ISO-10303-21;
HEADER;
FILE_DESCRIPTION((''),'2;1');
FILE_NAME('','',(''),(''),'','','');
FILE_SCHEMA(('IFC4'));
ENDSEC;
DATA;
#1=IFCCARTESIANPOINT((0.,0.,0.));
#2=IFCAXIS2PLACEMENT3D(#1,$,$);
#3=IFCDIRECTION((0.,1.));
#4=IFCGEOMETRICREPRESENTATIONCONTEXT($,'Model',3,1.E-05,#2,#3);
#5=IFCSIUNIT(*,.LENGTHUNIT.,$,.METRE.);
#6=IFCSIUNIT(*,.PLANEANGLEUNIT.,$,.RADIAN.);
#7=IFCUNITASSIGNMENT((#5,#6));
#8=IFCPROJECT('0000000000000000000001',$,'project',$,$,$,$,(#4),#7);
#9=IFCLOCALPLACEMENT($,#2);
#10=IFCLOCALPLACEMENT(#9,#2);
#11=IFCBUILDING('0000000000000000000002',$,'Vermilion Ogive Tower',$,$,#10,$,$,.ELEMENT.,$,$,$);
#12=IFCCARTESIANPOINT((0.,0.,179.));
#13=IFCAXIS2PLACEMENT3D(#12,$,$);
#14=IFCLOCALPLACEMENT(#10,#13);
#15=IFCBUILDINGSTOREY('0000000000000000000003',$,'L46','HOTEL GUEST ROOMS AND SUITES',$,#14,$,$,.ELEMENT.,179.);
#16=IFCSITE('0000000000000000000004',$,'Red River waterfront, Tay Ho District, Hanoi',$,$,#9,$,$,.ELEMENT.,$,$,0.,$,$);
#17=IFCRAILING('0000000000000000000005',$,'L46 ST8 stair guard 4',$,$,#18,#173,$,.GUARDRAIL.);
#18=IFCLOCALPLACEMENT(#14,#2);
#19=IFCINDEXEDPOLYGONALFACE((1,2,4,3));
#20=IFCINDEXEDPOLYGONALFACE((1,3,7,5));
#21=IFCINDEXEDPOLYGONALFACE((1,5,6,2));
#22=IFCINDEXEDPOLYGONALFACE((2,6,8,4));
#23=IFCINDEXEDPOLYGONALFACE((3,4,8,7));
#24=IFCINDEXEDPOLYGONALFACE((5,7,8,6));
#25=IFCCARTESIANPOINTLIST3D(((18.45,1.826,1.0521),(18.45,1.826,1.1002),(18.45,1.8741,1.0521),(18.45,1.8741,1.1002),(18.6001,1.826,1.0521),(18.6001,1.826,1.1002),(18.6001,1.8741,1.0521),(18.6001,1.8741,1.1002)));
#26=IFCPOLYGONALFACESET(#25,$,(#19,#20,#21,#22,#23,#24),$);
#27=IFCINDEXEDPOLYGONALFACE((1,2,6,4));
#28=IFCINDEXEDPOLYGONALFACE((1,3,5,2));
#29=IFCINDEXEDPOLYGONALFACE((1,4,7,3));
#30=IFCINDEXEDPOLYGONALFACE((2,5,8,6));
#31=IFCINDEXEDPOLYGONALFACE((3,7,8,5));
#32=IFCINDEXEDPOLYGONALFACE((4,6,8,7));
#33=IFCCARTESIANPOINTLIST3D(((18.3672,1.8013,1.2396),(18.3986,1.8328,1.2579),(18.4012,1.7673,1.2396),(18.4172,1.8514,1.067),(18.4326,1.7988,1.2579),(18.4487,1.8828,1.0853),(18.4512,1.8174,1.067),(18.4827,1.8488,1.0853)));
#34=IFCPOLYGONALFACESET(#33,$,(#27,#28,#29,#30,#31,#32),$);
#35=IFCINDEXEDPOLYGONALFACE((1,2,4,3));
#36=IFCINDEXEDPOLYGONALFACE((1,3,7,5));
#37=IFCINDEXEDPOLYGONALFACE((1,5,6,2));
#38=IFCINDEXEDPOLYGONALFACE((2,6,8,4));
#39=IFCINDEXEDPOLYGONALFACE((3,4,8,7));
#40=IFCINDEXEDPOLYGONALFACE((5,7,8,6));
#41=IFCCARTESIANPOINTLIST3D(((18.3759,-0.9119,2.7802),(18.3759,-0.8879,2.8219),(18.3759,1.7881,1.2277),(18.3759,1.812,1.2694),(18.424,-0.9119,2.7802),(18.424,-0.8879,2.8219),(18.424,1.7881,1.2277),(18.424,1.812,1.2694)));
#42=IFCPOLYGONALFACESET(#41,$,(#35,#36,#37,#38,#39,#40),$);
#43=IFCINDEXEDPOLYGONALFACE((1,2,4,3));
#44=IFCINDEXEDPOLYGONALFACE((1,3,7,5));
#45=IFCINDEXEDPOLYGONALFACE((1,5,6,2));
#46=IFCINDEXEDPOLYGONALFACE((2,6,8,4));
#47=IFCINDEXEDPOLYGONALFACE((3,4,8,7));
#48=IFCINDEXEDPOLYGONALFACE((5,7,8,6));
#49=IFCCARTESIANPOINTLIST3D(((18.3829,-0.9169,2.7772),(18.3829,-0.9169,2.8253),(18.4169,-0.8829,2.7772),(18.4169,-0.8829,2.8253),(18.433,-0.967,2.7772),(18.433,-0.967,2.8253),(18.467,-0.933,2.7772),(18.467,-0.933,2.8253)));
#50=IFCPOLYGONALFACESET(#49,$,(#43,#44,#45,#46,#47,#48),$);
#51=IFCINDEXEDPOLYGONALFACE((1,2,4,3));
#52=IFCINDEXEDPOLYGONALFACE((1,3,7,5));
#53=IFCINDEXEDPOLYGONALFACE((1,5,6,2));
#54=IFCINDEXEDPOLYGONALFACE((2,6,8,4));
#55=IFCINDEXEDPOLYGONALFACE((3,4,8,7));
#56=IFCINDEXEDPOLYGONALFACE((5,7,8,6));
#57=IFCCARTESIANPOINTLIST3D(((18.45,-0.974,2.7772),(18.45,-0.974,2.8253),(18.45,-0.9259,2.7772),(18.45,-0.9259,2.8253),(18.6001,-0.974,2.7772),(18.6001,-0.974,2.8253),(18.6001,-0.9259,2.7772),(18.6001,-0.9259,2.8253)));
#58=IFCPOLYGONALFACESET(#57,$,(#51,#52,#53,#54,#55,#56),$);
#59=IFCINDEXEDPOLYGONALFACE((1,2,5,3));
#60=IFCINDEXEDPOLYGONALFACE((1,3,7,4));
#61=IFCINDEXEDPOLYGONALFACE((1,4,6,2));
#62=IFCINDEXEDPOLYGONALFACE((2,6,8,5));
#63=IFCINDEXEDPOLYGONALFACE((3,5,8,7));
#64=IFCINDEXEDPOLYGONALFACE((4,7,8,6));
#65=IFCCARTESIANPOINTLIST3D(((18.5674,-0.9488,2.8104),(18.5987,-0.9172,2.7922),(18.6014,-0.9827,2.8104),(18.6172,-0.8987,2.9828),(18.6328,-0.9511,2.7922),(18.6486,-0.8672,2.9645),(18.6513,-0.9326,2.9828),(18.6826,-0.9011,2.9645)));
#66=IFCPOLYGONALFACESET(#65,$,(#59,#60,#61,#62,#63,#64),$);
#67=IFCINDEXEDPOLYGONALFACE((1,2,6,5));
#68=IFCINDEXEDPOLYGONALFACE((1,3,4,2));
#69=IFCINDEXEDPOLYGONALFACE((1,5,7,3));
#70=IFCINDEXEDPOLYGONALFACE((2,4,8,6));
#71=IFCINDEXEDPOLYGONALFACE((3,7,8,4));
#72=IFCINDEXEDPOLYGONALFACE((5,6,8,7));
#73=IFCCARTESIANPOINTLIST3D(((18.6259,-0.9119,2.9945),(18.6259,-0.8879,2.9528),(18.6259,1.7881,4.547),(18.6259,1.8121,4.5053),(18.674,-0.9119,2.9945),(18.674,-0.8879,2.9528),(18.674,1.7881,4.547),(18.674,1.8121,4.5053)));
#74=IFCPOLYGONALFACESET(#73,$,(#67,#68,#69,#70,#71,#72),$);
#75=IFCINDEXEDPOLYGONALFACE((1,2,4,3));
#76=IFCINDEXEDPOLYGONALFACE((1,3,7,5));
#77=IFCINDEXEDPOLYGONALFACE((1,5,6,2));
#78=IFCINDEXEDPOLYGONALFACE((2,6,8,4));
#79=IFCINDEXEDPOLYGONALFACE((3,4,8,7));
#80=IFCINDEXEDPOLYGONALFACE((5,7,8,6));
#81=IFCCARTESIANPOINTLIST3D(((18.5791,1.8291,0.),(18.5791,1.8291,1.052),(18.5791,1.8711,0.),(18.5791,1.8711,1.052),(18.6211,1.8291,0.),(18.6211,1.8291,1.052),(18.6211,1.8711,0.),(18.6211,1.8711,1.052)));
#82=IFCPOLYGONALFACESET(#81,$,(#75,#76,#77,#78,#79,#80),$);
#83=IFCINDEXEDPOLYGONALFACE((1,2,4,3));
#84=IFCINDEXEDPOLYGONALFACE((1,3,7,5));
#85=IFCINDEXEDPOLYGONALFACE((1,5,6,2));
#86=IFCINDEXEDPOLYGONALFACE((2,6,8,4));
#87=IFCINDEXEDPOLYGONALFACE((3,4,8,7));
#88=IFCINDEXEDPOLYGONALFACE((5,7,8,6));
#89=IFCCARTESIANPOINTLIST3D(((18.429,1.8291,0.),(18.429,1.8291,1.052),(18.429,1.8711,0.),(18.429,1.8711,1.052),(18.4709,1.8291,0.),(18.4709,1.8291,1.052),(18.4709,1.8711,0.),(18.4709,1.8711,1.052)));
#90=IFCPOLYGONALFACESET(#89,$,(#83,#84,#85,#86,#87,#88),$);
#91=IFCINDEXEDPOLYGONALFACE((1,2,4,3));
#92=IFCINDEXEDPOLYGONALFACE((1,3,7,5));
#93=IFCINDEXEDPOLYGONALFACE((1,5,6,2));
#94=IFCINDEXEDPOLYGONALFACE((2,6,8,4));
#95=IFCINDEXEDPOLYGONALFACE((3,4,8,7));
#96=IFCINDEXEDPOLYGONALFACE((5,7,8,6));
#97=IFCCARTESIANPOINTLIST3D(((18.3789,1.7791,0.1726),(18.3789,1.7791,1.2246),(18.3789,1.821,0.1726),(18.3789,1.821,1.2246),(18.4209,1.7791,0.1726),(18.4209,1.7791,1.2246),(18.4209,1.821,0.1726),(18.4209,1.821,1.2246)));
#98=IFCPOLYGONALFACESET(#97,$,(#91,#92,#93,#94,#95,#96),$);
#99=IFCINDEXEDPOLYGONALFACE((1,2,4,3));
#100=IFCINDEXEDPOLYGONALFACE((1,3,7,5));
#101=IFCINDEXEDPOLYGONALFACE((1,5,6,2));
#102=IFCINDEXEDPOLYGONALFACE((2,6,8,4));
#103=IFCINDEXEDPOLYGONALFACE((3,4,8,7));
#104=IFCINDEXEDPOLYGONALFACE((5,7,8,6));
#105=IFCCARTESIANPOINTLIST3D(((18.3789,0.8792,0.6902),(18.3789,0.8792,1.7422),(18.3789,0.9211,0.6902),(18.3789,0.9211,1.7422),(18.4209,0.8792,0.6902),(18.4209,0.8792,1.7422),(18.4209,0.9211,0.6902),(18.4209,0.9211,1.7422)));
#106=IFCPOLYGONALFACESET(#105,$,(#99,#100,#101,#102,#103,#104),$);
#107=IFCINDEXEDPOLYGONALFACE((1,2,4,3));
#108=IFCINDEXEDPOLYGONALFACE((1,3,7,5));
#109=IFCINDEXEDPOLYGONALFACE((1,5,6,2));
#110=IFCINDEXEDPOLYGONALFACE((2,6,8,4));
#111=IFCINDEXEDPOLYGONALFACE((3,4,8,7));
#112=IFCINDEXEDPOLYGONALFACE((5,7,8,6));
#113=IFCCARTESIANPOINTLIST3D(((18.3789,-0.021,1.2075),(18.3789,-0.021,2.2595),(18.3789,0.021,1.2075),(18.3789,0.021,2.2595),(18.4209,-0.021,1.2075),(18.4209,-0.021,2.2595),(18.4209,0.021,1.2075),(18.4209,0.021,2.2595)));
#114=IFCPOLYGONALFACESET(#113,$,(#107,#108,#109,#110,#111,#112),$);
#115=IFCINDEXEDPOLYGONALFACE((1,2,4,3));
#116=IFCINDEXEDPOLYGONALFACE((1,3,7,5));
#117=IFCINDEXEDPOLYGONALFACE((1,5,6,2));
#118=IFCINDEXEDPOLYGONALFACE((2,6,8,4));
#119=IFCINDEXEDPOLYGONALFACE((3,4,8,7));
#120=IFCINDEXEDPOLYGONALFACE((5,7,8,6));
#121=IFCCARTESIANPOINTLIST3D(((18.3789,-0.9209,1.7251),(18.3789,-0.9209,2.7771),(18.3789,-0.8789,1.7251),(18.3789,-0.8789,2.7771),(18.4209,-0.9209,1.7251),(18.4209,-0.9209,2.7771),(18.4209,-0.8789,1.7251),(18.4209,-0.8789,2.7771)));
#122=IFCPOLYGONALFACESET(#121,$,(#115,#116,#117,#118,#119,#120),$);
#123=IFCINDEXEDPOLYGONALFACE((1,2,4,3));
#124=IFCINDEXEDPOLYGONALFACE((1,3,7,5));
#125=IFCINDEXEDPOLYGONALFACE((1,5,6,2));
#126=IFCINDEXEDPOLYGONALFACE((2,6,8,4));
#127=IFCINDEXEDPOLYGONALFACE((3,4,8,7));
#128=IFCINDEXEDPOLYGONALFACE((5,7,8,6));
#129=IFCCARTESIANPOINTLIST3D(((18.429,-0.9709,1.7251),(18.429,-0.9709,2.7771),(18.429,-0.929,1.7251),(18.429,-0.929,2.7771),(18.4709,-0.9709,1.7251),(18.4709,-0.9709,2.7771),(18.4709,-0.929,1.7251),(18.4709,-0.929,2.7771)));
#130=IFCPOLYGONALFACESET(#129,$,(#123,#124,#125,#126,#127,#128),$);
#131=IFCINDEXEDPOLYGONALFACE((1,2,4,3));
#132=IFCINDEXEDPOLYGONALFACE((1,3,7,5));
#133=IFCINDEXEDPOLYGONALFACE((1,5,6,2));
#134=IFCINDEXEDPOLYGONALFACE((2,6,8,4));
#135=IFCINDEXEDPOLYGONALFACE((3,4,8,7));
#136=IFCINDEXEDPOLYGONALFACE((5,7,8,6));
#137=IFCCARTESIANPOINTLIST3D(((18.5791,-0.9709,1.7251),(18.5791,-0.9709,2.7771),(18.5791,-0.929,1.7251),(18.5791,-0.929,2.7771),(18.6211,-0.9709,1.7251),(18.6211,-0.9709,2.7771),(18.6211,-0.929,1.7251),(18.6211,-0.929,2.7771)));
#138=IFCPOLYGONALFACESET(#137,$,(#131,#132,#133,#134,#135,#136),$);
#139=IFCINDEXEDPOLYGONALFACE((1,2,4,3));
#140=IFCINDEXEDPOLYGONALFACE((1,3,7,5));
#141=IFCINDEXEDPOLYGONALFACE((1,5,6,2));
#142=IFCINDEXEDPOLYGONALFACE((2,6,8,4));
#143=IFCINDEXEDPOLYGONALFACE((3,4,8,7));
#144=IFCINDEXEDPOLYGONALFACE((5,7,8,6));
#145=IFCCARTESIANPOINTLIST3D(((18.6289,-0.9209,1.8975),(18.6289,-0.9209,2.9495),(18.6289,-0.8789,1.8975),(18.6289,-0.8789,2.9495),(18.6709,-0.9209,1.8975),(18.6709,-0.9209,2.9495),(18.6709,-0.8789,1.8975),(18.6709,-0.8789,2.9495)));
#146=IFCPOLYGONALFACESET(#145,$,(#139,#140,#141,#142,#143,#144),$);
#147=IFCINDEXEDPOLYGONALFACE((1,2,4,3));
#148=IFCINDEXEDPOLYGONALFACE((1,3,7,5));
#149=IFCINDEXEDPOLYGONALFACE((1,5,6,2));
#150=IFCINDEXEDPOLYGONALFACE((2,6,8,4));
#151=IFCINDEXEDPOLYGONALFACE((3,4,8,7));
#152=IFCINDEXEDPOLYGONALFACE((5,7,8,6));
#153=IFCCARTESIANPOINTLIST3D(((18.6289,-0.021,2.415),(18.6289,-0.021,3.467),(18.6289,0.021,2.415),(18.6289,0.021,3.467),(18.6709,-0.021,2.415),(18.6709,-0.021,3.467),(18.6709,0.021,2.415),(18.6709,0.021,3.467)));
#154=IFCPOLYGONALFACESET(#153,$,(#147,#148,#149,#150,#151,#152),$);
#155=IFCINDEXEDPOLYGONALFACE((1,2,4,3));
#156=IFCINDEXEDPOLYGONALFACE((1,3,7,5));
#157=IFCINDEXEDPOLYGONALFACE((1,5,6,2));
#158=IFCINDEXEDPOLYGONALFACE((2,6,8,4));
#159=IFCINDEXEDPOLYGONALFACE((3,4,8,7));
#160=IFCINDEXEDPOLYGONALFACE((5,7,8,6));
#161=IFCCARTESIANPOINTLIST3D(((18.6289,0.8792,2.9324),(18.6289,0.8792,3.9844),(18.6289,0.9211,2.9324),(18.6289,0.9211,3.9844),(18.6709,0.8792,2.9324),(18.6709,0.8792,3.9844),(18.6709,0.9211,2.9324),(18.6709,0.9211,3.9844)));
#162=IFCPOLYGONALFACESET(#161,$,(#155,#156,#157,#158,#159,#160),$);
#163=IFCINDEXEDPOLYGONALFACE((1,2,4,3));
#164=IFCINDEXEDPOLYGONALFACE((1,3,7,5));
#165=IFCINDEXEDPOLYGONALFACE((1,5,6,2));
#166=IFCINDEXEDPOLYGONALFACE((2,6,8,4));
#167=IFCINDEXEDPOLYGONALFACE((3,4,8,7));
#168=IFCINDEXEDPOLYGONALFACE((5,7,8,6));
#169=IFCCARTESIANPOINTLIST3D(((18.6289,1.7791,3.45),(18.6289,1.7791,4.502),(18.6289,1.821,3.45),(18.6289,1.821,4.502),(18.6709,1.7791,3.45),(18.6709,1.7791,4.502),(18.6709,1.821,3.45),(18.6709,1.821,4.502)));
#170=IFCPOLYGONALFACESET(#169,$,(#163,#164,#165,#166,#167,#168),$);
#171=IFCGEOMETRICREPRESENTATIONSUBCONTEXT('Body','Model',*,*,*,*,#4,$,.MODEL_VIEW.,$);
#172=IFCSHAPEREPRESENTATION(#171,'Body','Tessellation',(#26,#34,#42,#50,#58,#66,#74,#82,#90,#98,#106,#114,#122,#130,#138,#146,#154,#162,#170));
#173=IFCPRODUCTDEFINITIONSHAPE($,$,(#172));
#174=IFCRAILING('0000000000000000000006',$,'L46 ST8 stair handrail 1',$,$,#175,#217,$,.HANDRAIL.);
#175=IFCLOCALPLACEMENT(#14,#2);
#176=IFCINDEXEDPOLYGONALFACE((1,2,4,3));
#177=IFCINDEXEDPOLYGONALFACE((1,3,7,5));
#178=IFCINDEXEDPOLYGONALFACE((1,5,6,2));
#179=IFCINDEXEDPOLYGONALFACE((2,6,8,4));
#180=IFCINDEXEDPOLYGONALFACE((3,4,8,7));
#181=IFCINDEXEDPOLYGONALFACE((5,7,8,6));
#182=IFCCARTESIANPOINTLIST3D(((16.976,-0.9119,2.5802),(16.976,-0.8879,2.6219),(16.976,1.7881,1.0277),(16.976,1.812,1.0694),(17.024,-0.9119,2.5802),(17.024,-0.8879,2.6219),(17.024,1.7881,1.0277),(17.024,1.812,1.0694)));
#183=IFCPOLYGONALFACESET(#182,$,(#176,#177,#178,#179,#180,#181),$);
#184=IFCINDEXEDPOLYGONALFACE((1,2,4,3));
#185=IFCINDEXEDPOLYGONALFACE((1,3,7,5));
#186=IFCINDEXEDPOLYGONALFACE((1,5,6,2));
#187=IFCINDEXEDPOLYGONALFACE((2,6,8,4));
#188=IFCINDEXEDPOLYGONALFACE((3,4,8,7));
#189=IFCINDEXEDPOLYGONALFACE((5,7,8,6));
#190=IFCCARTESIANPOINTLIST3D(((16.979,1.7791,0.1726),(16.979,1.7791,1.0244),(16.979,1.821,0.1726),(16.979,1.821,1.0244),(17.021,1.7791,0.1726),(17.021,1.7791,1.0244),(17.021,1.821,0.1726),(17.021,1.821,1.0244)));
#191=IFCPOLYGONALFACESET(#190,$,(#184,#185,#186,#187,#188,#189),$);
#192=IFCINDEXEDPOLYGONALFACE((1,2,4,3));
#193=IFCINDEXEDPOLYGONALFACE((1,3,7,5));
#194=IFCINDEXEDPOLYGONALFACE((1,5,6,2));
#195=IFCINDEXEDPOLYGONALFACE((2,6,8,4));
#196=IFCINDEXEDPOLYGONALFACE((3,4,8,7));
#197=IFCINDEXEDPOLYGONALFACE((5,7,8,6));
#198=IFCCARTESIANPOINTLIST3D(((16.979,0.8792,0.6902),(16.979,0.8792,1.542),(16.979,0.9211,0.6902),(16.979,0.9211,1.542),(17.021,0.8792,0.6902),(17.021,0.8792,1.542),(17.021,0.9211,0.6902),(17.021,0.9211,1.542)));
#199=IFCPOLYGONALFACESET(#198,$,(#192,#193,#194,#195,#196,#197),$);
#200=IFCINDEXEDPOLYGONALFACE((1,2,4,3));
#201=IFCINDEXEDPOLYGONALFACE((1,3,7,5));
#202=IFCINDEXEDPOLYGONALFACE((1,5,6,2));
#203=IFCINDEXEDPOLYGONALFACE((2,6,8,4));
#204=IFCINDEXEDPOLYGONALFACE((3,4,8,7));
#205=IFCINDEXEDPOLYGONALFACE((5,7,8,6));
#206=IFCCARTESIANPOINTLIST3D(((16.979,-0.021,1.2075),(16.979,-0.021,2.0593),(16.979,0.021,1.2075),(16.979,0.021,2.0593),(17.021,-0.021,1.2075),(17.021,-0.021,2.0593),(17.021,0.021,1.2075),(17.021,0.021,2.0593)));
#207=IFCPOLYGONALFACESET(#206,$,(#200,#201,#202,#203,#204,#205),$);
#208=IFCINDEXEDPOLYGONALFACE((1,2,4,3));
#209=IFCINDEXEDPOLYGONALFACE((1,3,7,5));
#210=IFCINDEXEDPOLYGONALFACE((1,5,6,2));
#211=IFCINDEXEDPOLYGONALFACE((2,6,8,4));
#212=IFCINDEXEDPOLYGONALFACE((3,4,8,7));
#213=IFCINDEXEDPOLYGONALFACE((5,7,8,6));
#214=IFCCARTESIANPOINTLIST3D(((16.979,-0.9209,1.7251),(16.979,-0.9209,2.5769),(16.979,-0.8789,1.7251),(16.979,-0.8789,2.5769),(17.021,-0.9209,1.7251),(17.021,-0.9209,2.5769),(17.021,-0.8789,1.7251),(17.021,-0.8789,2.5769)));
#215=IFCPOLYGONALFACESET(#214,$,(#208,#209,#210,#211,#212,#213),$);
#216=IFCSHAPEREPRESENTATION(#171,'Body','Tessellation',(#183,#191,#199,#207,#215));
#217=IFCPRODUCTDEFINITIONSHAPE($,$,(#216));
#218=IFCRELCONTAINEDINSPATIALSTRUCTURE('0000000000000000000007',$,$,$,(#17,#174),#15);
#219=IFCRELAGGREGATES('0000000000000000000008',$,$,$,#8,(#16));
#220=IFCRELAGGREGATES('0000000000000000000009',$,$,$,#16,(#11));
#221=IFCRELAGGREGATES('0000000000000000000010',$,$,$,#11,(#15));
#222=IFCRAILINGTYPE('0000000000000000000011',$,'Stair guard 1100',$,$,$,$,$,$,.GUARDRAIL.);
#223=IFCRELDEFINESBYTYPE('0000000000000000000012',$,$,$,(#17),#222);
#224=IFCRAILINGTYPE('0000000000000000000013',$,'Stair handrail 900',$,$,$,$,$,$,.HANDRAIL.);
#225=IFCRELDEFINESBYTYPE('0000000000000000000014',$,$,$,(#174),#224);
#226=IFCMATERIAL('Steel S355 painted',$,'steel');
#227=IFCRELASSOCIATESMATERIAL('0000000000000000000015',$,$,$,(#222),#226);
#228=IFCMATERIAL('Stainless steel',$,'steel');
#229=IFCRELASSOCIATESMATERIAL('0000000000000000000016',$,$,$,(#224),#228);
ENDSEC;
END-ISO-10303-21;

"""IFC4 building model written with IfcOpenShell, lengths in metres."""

from ifc_helpers import new_model, si_unit, direction, frame, origin, origin_2d, place, context, subcontext, project, spatial, rectangle, extrude, material, type_object, element, save


model = new_model("IFC4")

# Units and contexts
model_context = context("Model", 3, precision=1e-05, world=origin(), true_north=direction((0.0, 1.0)))
body_context = subcontext(model_context, "Body", "Model", "MODEL_VIEW")
ifc_project = project(units=[si_unit("LENGTHUNIT", "METRE"), si_unit("PLANEANGLEUNIT", "RADIAN")], contexts=[model_context])

# Site, building, storey
site_placement = place(None, origin())
site = spatial("IfcSite", under=ifc_project, at=site_placement, Name="Red River waterfront, Tay Ho District, Hanoi", CompositionType="ELEMENT", RefElevation=0.0)
building_placement = place(site_placement, origin())
building = spatial("IfcBuilding", under=site, at=building_placement, Name="Vermilion Ogive Tower", CompositionType="ELEMENT")
storey_placement = place(building_placement, frame((0.0, 0.0, 179.0)))
storey = spatial("IfcBuildingStorey", under=building, at=storey_placement, Name="L46", Description="HOTEL GUEST ROOMS AND SUITES", CompositionType="ELEMENT", Elevation=179.0)

# Railings
ifc_material_1 = material(Name="Steel S355 painted", Category="steel")
railing_type_1 = type_object("IfcRailingType", Name="Stair guard 1100", PredefinedType="GUARDRAIL", material=ifc_material_1)
railing_1_placement = place(storey_placement, frame((18.6001, 1.8501, 0.0)))
element("IfcRailing", 1, at=railing_1_placement, inside=storey, type_object=railing_type_1, Name="L46 ST8 stair guard 4", PredefinedType="GUARDRAIL", context=body_context, shape_type="SweptSolid", body=[
    extrude(rectangle(XDim=0.0481, YDim=0.0481, at=origin_2d()), frame((0.0, 0.0, 1.0762), z_axis=(-1.0, 0.0, 0.0), x_axis=(0.0, -1.0, 0.0)), (0.0, 0.0, 1.0), 0.1501),
    extrude(rectangle(XDim=0.0481, YDim=0.0481, at=origin_2d()), frame((-0.1501, 0.0, 1.0762), z_axis=(-0.268278, -0.268278, 0.925232), x_axis=(0.707107, -0.707107, 0.0)), (0.0, 0.0, 1.0), 0.1865),
    extrude(rectangle(XDim=0.0481, YDim=0.0481, at=origin_2d()), frame((-0.2002, -0.05, 1.2485), z_axis=(0.0, -0.866904, 0.498476), x_axis=(1.0, 0.0, 0.0)), (0.0, 0.0, 1.0), 3.1145),
    extrude(rectangle(XDim=0.0481, YDim=0.0481, at=origin_2d()), frame((-0.2002, -2.75, 2.8013), z_axis=(0.707107, -0.707107, 0.0), x_axis=(0.707107, 0.707107, 0.0)), (0.0, 0.0, 1.0), 0.0708),
    extrude(rectangle(XDim=0.0481, YDim=0.0481, at=origin_2d()), frame((-0.1501, -2.8, 2.8013), z_axis=(1.0, 0.0, 0.0), x_axis=(0.0, 1.0, 0.0)), (0.0, 0.0, 1.0), 0.1501),
    extrude(rectangle(XDim=0.0481, YDim=0.0481, at=origin_2d()), frame((0.0, -2.8, 2.8013), z_axis=(0.267387, 0.268698, 0.925368), x_axis=(-0.708834, 0.705376, 0.0)), (0.0, 0.0, 1.0), 0.1863),
    extrude(rectangle(XDim=0.0481, YDim=0.0481, at=origin_2d()), frame((0.0498, -2.75, 2.9736), z_axis=(0.0, 0.866904, 0.498476), x_axis=(-1.0, 0.0, 0.0)), (0.0, 0.0, 1.0), 3.1145),
    extrude(rectangle(XDim=0.042, YDim=0.042, at=origin_2d()), origin(), (0.0, 0.0, 1.0), 1.052),
    extrude(rectangle(XDim=0.042, YDim=0.042, at=origin_2d()), frame((-0.1501, 0.0, 0.0)), (0.0, 0.0, 1.0), 1.052),
    extrude(rectangle(XDim=0.042, YDim=0.042, at=origin_2d()), frame((-0.2002, -0.05, 0.1726)), (0.0, 0.0, 1.0), 1.052),
    extrude(rectangle(XDim=0.042, YDim=0.042, at=origin_2d()), frame((-0.2002, -0.95, 0.6902)), (0.0, 0.0, 1.0), 1.052),
    extrude(rectangle(XDim=0.042, YDim=0.042, at=origin_2d()), frame((-0.2002, -1.8501, 1.2075)), (0.0, 0.0, 1.0), 1.052),
    extrude(rectangle(XDim=0.042, YDim=0.042, at=origin_2d()), frame((-0.2002, -2.75, 1.7251)), (0.0, 0.0, 1.0), 1.052),
    extrude(rectangle(XDim=0.042, YDim=0.042, at=origin_2d()), frame((-0.1501, -2.8, 1.7251)), (0.0, 0.0, 1.0), 1.052),
    extrude(rectangle(XDim=0.042, YDim=0.042, at=origin_2d()), frame((0.0, -2.8, 1.7251)), (0.0, 0.0, 1.0), 1.052),
    extrude(rectangle(XDim=0.042, YDim=0.042, at=origin_2d()), frame((0.0498, -2.75, 1.8975)), (0.0, 0.0, 1.0), 1.052),
    extrude(rectangle(XDim=0.042, YDim=0.042, at=origin_2d()), frame((0.0498, -1.8501, 2.415)), (0.0, 0.0, 1.0), 1.052),
    extrude(rectangle(XDim=0.042, YDim=0.042, at=origin_2d()), frame((0.0498, -0.95, 2.9324)), (0.0, 0.0, 1.0), 1.052),
    extrude(rectangle(XDim=0.042, YDim=0.042, at=origin_2d()), frame((0.0498, -0.05, 3.45)), (0.0, 0.0, 1.0), 1.052),
])
ifc_material_2 = material(Name="Stainless steel", Category="steel")
railing_type_2 = type_object("IfcRailingType", Name="Stair handrail 900", PredefinedType="HANDRAIL", material=ifc_material_2)
railing_2_placement = place(storey_placement, frame((17.0, 1.8, 0.1726)))
element("IfcRailing", 2, at=railing_2_placement, inside=storey, type_object=railing_type_2, Name="L46 ST8 stair handrail 1", PredefinedType="HANDRAIL", context=body_context, shape_type="SweptSolid", body=[
    extrude(rectangle(XDim=0.0481, YDim=0.0481, at=origin_2d()), frame((0.0, 0.0, 0.876), z_axis=(0.0, -0.866904, 0.498476), x_axis=(1.0, 0.0, 0.0)), (0.0, 0.0, 1.0), 3.1145),
    extrude(rectangle(XDim=0.042, YDim=0.042, at=origin_2d()), origin(), (0.0, 0.0, 1.0), 0.8518),
    extrude(rectangle(XDim=0.042, YDim=0.042, at=origin_2d()), frame((0.0, -0.8999, 0.5176)), (0.0, 0.0, 1.0), 0.8518),
    extrude(rectangle(XDim=0.042, YDim=0.042, at=origin_2d()), frame((0.0, -1.8, 1.0349)), (0.0, 0.0, 1.0), 0.8518),
    extrude(rectangle(XDim=0.042, YDim=0.042, at=origin_2d()), frame((0.0, -2.7, 1.5525)), (0.0, 0.0, 1.0), 0.8518),
])

save(model, "model.ifc")
